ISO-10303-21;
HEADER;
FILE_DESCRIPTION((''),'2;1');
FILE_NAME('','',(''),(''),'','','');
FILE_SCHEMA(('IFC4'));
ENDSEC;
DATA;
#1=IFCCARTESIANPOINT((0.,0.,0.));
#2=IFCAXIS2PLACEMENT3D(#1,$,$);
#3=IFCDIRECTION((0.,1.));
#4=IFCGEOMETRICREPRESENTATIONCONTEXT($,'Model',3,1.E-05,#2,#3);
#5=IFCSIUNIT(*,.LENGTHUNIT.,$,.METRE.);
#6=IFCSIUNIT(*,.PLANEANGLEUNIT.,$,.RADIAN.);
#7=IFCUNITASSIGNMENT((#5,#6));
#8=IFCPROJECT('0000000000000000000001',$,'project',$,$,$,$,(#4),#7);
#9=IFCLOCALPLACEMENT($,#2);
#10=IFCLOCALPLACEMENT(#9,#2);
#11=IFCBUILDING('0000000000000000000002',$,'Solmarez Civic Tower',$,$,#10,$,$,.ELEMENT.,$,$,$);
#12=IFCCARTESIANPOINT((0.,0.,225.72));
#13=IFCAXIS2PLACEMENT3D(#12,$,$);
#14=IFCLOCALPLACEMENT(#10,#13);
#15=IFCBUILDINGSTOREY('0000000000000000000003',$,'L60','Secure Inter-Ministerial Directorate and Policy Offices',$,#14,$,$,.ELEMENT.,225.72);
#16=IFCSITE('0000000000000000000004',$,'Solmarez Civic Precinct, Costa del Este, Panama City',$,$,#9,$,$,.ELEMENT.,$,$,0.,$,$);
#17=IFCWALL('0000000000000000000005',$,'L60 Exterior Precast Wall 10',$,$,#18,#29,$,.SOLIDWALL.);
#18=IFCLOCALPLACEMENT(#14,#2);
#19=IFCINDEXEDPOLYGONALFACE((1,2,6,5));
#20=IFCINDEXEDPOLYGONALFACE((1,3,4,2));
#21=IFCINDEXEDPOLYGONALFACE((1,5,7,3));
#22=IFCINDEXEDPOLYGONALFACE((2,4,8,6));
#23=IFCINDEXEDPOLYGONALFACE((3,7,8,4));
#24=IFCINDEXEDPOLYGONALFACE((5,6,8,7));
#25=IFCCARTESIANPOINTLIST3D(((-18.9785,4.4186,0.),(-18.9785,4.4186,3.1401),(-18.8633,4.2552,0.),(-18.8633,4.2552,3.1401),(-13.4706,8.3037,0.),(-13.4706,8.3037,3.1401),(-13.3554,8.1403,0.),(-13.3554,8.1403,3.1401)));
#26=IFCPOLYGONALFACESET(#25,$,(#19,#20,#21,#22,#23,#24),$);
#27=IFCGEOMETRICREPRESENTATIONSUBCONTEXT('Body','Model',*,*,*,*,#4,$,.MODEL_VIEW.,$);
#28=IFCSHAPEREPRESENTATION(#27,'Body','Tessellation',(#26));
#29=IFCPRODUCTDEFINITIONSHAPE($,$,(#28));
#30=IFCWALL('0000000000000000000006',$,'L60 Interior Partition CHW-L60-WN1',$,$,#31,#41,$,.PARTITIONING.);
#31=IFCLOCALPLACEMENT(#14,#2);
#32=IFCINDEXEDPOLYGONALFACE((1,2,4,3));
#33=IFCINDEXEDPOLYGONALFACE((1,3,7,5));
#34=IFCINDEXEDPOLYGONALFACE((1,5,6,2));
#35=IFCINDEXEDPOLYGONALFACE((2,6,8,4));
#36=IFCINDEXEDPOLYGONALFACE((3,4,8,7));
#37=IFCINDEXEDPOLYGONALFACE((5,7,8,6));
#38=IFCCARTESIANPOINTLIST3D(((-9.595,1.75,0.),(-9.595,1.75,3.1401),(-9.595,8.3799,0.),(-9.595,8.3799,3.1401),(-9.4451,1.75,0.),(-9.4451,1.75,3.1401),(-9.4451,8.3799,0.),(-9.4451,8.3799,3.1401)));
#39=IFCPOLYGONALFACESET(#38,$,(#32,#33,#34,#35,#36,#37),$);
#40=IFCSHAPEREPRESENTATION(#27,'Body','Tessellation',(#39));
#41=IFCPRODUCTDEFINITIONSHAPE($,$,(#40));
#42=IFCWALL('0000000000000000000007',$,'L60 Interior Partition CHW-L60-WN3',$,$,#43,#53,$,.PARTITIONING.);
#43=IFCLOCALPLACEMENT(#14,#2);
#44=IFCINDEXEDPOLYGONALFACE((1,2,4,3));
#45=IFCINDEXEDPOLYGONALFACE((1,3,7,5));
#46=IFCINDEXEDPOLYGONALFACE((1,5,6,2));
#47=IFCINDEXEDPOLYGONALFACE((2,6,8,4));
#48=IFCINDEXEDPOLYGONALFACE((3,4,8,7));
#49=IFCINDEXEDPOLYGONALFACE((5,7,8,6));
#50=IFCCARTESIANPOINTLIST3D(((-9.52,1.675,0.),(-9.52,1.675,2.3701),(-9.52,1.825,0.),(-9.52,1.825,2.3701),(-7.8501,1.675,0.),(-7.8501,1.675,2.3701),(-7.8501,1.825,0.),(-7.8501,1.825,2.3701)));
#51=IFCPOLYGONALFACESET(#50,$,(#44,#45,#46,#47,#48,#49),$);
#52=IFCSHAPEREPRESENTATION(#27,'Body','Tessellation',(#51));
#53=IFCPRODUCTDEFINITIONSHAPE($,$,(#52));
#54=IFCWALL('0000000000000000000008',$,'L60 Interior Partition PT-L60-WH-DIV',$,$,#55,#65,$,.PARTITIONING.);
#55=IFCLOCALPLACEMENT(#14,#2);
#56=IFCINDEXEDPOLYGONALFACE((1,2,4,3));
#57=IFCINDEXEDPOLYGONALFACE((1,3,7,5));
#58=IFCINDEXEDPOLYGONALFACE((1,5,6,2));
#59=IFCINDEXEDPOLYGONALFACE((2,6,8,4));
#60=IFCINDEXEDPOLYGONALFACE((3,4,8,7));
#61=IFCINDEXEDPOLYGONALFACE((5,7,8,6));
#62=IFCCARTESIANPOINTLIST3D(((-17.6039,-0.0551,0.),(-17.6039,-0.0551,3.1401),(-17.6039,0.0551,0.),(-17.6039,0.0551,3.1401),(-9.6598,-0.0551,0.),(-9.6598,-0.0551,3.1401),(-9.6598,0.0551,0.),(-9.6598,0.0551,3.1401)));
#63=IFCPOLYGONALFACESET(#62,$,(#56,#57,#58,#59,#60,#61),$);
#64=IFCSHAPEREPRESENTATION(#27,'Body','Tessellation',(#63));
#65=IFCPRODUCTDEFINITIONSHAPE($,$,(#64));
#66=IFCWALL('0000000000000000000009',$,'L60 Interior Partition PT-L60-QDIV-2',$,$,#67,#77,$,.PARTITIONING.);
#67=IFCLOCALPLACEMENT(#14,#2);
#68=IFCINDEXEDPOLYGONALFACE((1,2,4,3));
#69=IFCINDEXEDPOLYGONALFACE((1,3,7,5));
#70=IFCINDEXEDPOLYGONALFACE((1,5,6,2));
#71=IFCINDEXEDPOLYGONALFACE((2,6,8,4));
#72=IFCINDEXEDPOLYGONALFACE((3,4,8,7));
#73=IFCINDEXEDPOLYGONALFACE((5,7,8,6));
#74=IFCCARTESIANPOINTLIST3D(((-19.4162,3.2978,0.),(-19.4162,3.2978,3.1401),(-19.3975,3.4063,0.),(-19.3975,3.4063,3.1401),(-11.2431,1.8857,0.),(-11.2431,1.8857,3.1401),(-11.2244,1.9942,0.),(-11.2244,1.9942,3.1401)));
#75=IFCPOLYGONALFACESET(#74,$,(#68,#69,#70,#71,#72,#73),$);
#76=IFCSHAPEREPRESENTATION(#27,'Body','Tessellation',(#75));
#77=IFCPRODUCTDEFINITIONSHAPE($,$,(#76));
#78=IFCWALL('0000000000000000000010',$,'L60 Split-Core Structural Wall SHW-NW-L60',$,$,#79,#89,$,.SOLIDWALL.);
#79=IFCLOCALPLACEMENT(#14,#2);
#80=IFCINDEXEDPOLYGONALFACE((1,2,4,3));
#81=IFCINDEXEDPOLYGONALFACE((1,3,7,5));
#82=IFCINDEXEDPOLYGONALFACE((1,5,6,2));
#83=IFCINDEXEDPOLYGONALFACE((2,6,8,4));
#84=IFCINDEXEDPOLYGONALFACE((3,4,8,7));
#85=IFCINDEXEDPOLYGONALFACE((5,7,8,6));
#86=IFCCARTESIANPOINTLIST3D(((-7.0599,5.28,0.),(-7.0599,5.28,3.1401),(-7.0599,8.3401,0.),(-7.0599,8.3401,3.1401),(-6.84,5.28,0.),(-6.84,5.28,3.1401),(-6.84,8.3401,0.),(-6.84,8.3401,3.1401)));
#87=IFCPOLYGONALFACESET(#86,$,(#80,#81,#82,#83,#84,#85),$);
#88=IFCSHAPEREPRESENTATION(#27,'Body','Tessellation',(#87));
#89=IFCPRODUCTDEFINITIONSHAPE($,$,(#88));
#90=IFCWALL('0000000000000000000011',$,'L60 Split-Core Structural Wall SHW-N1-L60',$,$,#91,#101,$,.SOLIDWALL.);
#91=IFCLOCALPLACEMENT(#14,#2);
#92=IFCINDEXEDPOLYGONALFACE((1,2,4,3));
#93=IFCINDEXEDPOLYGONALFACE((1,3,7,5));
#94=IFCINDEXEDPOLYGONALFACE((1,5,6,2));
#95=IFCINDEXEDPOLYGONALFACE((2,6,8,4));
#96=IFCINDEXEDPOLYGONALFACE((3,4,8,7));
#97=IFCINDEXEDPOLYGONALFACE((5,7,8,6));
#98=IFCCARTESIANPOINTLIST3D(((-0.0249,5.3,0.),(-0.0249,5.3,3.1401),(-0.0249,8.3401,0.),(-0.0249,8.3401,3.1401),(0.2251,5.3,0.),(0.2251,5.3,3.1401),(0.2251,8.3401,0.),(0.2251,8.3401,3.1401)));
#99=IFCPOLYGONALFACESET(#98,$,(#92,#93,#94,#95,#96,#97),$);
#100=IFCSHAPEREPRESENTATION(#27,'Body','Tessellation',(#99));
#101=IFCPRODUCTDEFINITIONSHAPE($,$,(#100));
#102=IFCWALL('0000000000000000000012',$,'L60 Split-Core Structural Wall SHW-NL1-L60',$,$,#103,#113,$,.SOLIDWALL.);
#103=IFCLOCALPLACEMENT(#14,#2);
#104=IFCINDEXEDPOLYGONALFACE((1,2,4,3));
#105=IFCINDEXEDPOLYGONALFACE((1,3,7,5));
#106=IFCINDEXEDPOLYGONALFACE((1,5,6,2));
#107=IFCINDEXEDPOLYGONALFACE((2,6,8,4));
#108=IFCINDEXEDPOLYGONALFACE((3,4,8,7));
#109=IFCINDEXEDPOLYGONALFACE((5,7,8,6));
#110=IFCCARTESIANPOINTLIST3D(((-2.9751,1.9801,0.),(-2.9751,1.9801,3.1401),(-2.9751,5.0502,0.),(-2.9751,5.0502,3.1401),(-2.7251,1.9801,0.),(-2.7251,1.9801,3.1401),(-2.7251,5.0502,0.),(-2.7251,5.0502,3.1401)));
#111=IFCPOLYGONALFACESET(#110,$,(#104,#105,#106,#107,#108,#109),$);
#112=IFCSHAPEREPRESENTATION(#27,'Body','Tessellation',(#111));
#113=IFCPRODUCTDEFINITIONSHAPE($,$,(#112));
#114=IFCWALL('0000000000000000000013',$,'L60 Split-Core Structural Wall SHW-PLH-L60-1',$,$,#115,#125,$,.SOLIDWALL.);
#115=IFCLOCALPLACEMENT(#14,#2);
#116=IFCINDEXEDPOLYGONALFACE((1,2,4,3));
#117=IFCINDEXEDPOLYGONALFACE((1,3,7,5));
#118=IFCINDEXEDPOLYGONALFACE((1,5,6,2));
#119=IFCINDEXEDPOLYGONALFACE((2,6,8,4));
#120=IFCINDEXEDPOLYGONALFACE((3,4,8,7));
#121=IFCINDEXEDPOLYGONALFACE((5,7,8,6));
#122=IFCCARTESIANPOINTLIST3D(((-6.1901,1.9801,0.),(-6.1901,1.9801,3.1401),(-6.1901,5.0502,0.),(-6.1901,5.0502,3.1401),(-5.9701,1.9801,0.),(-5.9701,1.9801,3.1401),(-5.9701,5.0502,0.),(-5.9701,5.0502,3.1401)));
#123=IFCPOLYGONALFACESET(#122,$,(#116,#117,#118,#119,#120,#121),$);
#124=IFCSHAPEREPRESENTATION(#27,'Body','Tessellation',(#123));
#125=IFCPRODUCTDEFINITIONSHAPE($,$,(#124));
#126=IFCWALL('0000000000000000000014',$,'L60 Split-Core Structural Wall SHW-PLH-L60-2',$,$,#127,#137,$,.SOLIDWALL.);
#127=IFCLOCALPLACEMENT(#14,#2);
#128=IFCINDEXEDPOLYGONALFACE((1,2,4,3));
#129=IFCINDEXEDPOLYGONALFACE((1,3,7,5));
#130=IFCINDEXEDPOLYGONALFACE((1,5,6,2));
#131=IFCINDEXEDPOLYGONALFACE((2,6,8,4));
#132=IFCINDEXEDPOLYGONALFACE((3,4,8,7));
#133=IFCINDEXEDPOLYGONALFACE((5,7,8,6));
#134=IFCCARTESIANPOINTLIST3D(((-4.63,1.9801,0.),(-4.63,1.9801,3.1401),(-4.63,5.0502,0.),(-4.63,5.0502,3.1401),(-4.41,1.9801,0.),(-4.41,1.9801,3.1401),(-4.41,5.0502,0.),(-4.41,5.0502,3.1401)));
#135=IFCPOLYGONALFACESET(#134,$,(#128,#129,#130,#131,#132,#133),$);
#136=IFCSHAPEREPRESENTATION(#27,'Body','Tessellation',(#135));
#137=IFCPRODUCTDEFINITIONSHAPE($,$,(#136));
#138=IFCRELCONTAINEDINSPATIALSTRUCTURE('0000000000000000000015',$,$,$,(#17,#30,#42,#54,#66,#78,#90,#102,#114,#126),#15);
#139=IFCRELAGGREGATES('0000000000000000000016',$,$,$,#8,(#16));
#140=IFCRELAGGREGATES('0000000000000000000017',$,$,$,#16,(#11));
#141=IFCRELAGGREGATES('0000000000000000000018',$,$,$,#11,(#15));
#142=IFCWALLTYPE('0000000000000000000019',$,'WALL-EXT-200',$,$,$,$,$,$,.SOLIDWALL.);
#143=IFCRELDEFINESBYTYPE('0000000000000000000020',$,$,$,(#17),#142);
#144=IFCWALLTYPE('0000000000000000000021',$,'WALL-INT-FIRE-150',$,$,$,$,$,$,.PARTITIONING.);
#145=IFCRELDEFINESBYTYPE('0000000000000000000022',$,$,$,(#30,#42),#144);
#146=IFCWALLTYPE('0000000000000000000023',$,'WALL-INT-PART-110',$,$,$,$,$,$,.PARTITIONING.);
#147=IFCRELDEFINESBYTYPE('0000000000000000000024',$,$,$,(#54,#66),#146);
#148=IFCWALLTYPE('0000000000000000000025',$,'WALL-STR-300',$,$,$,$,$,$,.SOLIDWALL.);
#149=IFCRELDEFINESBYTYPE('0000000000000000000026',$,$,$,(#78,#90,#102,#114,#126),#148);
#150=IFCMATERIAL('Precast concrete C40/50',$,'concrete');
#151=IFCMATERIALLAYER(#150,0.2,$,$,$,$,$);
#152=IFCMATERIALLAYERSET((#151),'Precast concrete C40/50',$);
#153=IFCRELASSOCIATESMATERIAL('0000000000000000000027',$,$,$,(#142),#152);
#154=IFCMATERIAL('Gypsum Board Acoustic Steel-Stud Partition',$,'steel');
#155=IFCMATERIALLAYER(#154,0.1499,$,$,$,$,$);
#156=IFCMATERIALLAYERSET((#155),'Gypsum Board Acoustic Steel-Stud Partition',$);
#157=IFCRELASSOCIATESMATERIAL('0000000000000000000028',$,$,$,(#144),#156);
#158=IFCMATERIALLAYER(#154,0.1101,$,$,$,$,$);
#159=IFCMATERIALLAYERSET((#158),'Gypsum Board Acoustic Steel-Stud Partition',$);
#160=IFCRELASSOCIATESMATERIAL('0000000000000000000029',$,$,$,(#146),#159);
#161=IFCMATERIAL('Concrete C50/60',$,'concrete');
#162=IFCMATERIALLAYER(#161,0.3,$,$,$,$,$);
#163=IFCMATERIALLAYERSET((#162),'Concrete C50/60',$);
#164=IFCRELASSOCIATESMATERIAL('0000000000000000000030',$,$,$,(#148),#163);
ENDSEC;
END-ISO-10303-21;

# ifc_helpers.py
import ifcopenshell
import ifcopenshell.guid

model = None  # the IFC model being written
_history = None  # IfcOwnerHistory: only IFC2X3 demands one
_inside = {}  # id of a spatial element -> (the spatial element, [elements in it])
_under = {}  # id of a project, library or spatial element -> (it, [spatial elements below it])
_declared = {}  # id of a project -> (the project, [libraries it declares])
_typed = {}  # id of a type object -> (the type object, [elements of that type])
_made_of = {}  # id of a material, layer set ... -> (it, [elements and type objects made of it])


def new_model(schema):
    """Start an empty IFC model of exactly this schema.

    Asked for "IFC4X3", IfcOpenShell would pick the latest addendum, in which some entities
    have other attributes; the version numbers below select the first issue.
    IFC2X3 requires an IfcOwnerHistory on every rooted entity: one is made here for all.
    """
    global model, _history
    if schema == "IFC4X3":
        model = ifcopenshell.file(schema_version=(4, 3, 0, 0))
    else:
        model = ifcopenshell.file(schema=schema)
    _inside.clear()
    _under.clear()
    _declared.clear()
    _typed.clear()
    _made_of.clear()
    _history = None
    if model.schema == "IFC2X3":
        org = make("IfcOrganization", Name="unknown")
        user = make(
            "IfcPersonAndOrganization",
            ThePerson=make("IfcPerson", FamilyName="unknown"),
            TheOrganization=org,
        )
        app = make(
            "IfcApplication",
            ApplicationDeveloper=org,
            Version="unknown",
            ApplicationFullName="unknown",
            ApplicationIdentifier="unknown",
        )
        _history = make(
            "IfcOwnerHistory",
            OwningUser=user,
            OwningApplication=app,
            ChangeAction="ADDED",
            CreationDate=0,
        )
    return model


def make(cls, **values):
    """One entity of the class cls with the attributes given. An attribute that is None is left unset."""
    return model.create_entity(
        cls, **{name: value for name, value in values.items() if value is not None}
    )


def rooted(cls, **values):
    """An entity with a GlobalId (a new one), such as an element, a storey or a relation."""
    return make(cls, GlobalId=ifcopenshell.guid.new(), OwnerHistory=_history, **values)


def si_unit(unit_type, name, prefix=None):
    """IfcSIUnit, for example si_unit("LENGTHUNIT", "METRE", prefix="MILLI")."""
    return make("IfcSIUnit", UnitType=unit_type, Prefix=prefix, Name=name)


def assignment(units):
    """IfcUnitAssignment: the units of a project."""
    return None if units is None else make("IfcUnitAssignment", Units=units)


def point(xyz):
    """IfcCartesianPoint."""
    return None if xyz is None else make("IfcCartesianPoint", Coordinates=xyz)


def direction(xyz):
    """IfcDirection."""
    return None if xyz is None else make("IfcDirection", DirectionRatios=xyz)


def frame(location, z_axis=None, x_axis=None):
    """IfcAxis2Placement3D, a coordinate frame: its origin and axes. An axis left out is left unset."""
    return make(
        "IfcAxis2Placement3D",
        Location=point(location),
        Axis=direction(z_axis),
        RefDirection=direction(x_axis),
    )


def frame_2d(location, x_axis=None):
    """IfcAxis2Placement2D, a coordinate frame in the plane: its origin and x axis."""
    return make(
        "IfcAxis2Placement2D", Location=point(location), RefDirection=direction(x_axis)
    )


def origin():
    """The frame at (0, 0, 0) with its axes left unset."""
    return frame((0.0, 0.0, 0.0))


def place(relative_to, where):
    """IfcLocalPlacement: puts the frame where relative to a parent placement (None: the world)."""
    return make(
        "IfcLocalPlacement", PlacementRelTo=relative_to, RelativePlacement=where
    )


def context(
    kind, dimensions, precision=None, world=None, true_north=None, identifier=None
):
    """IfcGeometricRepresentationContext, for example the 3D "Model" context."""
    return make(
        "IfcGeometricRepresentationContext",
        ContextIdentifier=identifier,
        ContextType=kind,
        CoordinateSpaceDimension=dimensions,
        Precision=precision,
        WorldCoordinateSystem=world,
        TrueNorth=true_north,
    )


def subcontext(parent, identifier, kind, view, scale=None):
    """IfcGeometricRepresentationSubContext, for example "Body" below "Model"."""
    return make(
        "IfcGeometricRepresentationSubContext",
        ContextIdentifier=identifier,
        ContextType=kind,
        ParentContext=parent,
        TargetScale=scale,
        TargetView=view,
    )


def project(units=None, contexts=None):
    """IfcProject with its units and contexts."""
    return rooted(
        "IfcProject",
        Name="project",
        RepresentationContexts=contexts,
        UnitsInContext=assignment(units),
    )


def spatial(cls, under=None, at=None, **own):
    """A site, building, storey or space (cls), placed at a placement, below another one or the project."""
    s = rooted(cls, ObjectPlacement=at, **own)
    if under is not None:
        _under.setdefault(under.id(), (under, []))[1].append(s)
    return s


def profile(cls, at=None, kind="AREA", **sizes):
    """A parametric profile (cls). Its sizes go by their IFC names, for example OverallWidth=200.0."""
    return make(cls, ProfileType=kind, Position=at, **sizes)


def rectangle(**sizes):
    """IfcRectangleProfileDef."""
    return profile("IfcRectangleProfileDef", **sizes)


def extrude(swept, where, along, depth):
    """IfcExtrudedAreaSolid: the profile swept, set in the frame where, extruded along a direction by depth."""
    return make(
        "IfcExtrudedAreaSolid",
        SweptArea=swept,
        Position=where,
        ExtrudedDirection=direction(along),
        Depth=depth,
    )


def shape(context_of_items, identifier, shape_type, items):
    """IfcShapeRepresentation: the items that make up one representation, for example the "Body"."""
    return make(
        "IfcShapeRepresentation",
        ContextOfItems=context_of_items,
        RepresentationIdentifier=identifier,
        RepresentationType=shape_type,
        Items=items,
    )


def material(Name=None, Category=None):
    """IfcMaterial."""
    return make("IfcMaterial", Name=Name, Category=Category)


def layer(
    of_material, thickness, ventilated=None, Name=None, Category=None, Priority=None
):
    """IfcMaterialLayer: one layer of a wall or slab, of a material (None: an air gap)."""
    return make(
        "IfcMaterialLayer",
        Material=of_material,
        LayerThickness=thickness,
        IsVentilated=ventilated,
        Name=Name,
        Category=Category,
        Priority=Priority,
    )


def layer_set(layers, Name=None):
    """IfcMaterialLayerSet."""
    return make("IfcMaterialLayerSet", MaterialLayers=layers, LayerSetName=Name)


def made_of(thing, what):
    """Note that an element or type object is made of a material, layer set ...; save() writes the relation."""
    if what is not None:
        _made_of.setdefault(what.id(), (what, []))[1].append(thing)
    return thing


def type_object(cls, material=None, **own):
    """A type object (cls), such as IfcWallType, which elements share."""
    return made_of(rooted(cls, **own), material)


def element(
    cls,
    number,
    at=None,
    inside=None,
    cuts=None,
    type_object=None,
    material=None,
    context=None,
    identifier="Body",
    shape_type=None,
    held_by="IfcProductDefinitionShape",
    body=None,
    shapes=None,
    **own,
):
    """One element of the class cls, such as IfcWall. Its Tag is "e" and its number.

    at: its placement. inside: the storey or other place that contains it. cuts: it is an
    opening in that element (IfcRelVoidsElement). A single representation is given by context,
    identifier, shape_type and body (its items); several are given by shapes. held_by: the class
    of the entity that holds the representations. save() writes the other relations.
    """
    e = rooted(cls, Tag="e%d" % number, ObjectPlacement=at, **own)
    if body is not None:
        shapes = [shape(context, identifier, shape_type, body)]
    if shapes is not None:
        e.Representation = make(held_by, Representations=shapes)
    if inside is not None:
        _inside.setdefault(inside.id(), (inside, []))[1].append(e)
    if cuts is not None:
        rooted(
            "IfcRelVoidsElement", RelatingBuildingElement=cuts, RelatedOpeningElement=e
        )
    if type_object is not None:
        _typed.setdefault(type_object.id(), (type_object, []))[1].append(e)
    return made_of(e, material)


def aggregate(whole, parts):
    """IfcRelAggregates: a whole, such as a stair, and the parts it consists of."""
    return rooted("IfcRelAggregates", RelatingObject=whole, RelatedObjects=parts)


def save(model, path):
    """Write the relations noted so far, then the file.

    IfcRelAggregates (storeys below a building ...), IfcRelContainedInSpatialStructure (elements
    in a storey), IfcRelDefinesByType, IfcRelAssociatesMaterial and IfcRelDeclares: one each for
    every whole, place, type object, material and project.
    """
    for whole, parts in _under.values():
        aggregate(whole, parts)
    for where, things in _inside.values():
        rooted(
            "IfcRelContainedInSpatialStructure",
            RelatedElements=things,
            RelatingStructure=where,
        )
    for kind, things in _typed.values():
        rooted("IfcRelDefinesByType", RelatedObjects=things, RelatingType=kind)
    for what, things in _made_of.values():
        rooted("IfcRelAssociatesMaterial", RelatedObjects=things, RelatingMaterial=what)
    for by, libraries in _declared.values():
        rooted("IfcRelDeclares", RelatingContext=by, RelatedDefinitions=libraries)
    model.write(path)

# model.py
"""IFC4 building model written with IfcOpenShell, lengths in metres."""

from ifc_helpers import new_model, si_unit, direction, frame, frame_2d, origin, place, context, subcontext, project, spatial, rectangle, extrude, material, layer, layer_set, type_object, element, save


model = new_model("IFC4")

# Units and contexts
model_context = context("Model", 3, precision=1e-05, world=origin(), true_north=direction((0.0, 1.0)))
body_context = subcontext(model_context, "Body", "Model", "MODEL_VIEW")
ifc_project = project(units=[si_unit("LENGTHUNIT", "METRE"), si_unit("PLANEANGLEUNIT", "RADIAN")], contexts=[model_context])

# Site, building, storey
site_placement = place(None, origin())
site = spatial("IfcSite", under=ifc_project, at=site_placement, Name="Solmarez Civic Precinct, Costa del Este, Panama City", CompositionType="ELEMENT", RefElevation=0.0)
building_placement = place(site_placement, origin())
building = spatial("IfcBuilding", under=site, at=building_placement, Name="Solmarez Civic Tower", CompositionType="ELEMENT")
storey_placement = place(building_placement, frame((0.0, 0.0, 225.72)))
storey = spatial("IfcBuildingStorey", under=building, at=storey_placement, Name="L60", Description="Secure Inter-Ministerial Directorate and Policy Offices", CompositionType="ELEMENT", Elevation=225.72)

# Shared definitions
ifc_material_1 = material(Name="Concrete C50/60", Category="concrete")

# Walls
ifc_material_2 = material(Name="Precast concrete C40/50", Category="concrete")
ifc_layer_1 = layer(ifc_material_2, 0.2)
ifc_layer_set_1 = layer_set([ifc_layer_1], Name="Precast concrete C40/50")
wall_type_1 = type_object("IfcWallType", Name="WALL-EXT-200", PredefinedType="SOLIDWALL", material=ifc_layer_set_1)
wall_1_placement = place(storey_placement, frame((-18.9209, 4.3369, 0.0), z_axis=(0.0, 0.0, 1.0), x_axis=(0.817168, 0.5764, 0.0)))
element("IfcWall", 1, at=wall_1_placement, inside=storey, type_object=wall_type_1, Name="L60 Exterior Precast Wall 10", PredefinedType="SOLIDWALL", context=body_context, shape_type="SweptSolid", body=[
    extrude(rectangle(XDim=6.7402, YDim=0.2, at=frame_2d((3.3701, 0.0))), origin(), (0.0, 0.0, 1.0), 3.1401),
])
ifc_material_3 = material(Name="Gypsum Board Acoustic Steel-Stud Partition", Category="steel")
ifc_layer_2 = layer(ifc_material_3, 0.1499)
ifc_layer_set_2 = layer_set([ifc_layer_2], Name="Gypsum Board Acoustic Steel-Stud Partition")
wall_type_2 = type_object("IfcWallType", Name="WALL-INT-FIRE-150", PredefinedType="PARTITIONING", material=ifc_layer_set_2)
wall_2_placement = place(storey_placement, frame((-9.52, 1.75, 0.0), z_axis=(0.0, 0.0, 1.0), x_axis=(0.0, 1.0, 0.0)))
element("IfcWall", 2, at=wall_2_placement, inside=storey, type_object=wall_type_2, Name="L60 Interior Partition CHW-L60-WN1", PredefinedType="PARTITIONING", context=body_context, shape_type="SweptSolid", body=[
    extrude(rectangle(XDim=6.6299, YDim=0.1499, at=frame_2d((3.3149, 0.0))), origin(), (0.0, 0.0, 1.0), 3.1401),
])
wall_3_placement = place(storey_placement, frame((-7.8501, 1.75, 0.0), z_axis=(0.0, 0.0, 1.0), x_axis=(-1.0, 0.0, 0.0)))
element("IfcWall", 3, at=wall_3_placement, inside=storey, type_object=wall_type_2, Name="L60 Interior Partition CHW-L60-WN3", PredefinedType="PARTITIONING", context=body_context, shape_type="SweptSolid", body=[
    extrude(rectangle(XDim=1.6699, YDim=0.1499, at=frame_2d((0.835, 0.0))), origin(), (0.0, 0.0, 1.0), 2.3701),
])
ifc_layer_3 = layer(ifc_material_3, 0.1101)
ifc_layer_set_3 = layer_set([ifc_layer_3], Name="Gypsum Board Acoustic Steel-Stud Partition")
wall_type_3 = type_object("IfcWallType", Name="WALL-INT-PART-110", PredefinedType="PARTITIONING", material=ifc_layer_set_3)
wall_4_placement = place(storey_placement, frame((-17.604, 0.0, 0.0), z_axis=(0.0, 0.0, 1.0), x_axis=(1.0, 0.0, 0.0)))
element("IfcWall", 4, at=wall_4_placement, inside=storey, type_object=wall_type_3, Name="L60 Interior Partition PT-L60-WH-DIV", PredefinedType="PARTITIONING", context=body_context, shape_type="SweptSolid", body=[
    extrude(rectangle(XDim=7.9441, YDim=0.1101, at=frame_2d((3.9722, 0.0))), origin(), (0.0, 0.0, 1.0), 3.1401),
])
wall_5_placement = place(storey_placement, frame((-11.2339, 1.9399, 0.0), z_axis=(0.0, 0.0, 1.0), x_axis=(-0.9854, 0.170253, 0.0)))
element("IfcWall", 5, at=wall_5_placement, inside=storey, type_object=wall_type_3, Name="L60 Interior Partition PT-L60-QDIV-2", PredefinedType="PARTITIONING", context=body_context, shape_type="SweptSolid", body=[
    extrude(rectangle(XDim=8.2942, YDim=0.1101, at=frame_2d((4.147, 0.0))), origin(), (0.0, 0.0, 1.0), 3.1401),
])
ifc_layer_4 = layer(ifc_material_1, 0.3)
ifc_layer_set_4 = layer_set([ifc_layer_4], Name="Concrete C50/60")
wall_type_4 = type_object("IfcWallType", Name="WALL-STR-300", PredefinedType="SOLIDWALL", material=ifc_layer_set_4)
wall_6_placement = place(storey_placement, frame((-6.95, 5.28, 0.0), z_axis=(0.0, 0.0, 1.0), x_axis=(0.0, 1.0, 0.0)))
element("IfcWall", 6, at=wall_6_placement, inside=storey, type_object=wall_type_4, Name="L60 Split-Core Structural Wall SHW-NW-L60", PredefinedType="SOLIDWALL", context=body_context, shape_type="SweptSolid", body=[
    extrude(rectangle(XDim=3.0601, YDim=0.22, at=frame_2d((1.53, 0.0))), origin(), (0.0, 0.0, 1.0), 3.1401),
])
wall_7_placement = place(storey_placement, frame((0.1001, 5.3, 0.0), z_axis=(0.0, 0.0, 1.0), x_axis=(0.0, 1.0, 0.0)))
element("IfcWall", 7, at=wall_7_placement, inside=storey, type_object=wall_type_4, Name="L60 Split-Core Structural Wall SHW-N1-L60", PredefinedType="SOLIDWALL", context=body_context, shape_type="SweptSolid", body=[
    extrude(rectangle(XDim=3.04, YDim=0.25, at=frame_2d((1.52, 0.0))), origin(), (0.0, 0.0, 1.0), 3.1401),
])
wall_8_placement = place(storey_placement, frame((-2.8501, 1.98, 0.0), z_axis=(0.0, 0.0, 1.0), x_axis=(0.0, 1.0, 0.0)))
element("IfcWall", 8, at=wall_8_placement, inside=storey, type_object=wall_type_4, Name="L60 Split-Core Structural Wall SHW-NL1-L60", PredefinedType="SOLIDWALL", context=body_context, shape_type="SweptSolid", body=[
    extrude(rectangle(XDim=3.0701, YDim=0.25, at=frame_2d((1.5352, 0.0))), origin(), (0.0, 0.0, 1.0), 3.1401),
])
for number, where, z_axis, x_axis, name in (
    (9, (-6.0801, 1.98, 0.0), (0.0, 0.0, 1.0), (0.0, 1.0, 0.0), "L60 Split-Core Structural Wall SHW-PLH-L60-1"),
    (10, (-4.52, 1.98, 0.0), (0.0, 0.0, 1.0), (0.0, 1.0, 0.0), "L60 Split-Core Structural Wall SHW-PLH-L60-2"),
):
    element("IfcWall", number, at=place(storey_placement, frame(where, z_axis=z_axis, x_axis=x_axis)), inside=storey, type_object=wall_type_4, Name=name, PredefinedType="SOLIDWALL", context=body_context, shape_type="SweptSolid", body=[
        extrude(rectangle(XDim=3.0701, YDim=0.22, at=frame_2d((1.5352, 0.0))), origin(), (0.0, 0.0, 1.0), 3.1401),
    ])

save(model, "model.ifc")
